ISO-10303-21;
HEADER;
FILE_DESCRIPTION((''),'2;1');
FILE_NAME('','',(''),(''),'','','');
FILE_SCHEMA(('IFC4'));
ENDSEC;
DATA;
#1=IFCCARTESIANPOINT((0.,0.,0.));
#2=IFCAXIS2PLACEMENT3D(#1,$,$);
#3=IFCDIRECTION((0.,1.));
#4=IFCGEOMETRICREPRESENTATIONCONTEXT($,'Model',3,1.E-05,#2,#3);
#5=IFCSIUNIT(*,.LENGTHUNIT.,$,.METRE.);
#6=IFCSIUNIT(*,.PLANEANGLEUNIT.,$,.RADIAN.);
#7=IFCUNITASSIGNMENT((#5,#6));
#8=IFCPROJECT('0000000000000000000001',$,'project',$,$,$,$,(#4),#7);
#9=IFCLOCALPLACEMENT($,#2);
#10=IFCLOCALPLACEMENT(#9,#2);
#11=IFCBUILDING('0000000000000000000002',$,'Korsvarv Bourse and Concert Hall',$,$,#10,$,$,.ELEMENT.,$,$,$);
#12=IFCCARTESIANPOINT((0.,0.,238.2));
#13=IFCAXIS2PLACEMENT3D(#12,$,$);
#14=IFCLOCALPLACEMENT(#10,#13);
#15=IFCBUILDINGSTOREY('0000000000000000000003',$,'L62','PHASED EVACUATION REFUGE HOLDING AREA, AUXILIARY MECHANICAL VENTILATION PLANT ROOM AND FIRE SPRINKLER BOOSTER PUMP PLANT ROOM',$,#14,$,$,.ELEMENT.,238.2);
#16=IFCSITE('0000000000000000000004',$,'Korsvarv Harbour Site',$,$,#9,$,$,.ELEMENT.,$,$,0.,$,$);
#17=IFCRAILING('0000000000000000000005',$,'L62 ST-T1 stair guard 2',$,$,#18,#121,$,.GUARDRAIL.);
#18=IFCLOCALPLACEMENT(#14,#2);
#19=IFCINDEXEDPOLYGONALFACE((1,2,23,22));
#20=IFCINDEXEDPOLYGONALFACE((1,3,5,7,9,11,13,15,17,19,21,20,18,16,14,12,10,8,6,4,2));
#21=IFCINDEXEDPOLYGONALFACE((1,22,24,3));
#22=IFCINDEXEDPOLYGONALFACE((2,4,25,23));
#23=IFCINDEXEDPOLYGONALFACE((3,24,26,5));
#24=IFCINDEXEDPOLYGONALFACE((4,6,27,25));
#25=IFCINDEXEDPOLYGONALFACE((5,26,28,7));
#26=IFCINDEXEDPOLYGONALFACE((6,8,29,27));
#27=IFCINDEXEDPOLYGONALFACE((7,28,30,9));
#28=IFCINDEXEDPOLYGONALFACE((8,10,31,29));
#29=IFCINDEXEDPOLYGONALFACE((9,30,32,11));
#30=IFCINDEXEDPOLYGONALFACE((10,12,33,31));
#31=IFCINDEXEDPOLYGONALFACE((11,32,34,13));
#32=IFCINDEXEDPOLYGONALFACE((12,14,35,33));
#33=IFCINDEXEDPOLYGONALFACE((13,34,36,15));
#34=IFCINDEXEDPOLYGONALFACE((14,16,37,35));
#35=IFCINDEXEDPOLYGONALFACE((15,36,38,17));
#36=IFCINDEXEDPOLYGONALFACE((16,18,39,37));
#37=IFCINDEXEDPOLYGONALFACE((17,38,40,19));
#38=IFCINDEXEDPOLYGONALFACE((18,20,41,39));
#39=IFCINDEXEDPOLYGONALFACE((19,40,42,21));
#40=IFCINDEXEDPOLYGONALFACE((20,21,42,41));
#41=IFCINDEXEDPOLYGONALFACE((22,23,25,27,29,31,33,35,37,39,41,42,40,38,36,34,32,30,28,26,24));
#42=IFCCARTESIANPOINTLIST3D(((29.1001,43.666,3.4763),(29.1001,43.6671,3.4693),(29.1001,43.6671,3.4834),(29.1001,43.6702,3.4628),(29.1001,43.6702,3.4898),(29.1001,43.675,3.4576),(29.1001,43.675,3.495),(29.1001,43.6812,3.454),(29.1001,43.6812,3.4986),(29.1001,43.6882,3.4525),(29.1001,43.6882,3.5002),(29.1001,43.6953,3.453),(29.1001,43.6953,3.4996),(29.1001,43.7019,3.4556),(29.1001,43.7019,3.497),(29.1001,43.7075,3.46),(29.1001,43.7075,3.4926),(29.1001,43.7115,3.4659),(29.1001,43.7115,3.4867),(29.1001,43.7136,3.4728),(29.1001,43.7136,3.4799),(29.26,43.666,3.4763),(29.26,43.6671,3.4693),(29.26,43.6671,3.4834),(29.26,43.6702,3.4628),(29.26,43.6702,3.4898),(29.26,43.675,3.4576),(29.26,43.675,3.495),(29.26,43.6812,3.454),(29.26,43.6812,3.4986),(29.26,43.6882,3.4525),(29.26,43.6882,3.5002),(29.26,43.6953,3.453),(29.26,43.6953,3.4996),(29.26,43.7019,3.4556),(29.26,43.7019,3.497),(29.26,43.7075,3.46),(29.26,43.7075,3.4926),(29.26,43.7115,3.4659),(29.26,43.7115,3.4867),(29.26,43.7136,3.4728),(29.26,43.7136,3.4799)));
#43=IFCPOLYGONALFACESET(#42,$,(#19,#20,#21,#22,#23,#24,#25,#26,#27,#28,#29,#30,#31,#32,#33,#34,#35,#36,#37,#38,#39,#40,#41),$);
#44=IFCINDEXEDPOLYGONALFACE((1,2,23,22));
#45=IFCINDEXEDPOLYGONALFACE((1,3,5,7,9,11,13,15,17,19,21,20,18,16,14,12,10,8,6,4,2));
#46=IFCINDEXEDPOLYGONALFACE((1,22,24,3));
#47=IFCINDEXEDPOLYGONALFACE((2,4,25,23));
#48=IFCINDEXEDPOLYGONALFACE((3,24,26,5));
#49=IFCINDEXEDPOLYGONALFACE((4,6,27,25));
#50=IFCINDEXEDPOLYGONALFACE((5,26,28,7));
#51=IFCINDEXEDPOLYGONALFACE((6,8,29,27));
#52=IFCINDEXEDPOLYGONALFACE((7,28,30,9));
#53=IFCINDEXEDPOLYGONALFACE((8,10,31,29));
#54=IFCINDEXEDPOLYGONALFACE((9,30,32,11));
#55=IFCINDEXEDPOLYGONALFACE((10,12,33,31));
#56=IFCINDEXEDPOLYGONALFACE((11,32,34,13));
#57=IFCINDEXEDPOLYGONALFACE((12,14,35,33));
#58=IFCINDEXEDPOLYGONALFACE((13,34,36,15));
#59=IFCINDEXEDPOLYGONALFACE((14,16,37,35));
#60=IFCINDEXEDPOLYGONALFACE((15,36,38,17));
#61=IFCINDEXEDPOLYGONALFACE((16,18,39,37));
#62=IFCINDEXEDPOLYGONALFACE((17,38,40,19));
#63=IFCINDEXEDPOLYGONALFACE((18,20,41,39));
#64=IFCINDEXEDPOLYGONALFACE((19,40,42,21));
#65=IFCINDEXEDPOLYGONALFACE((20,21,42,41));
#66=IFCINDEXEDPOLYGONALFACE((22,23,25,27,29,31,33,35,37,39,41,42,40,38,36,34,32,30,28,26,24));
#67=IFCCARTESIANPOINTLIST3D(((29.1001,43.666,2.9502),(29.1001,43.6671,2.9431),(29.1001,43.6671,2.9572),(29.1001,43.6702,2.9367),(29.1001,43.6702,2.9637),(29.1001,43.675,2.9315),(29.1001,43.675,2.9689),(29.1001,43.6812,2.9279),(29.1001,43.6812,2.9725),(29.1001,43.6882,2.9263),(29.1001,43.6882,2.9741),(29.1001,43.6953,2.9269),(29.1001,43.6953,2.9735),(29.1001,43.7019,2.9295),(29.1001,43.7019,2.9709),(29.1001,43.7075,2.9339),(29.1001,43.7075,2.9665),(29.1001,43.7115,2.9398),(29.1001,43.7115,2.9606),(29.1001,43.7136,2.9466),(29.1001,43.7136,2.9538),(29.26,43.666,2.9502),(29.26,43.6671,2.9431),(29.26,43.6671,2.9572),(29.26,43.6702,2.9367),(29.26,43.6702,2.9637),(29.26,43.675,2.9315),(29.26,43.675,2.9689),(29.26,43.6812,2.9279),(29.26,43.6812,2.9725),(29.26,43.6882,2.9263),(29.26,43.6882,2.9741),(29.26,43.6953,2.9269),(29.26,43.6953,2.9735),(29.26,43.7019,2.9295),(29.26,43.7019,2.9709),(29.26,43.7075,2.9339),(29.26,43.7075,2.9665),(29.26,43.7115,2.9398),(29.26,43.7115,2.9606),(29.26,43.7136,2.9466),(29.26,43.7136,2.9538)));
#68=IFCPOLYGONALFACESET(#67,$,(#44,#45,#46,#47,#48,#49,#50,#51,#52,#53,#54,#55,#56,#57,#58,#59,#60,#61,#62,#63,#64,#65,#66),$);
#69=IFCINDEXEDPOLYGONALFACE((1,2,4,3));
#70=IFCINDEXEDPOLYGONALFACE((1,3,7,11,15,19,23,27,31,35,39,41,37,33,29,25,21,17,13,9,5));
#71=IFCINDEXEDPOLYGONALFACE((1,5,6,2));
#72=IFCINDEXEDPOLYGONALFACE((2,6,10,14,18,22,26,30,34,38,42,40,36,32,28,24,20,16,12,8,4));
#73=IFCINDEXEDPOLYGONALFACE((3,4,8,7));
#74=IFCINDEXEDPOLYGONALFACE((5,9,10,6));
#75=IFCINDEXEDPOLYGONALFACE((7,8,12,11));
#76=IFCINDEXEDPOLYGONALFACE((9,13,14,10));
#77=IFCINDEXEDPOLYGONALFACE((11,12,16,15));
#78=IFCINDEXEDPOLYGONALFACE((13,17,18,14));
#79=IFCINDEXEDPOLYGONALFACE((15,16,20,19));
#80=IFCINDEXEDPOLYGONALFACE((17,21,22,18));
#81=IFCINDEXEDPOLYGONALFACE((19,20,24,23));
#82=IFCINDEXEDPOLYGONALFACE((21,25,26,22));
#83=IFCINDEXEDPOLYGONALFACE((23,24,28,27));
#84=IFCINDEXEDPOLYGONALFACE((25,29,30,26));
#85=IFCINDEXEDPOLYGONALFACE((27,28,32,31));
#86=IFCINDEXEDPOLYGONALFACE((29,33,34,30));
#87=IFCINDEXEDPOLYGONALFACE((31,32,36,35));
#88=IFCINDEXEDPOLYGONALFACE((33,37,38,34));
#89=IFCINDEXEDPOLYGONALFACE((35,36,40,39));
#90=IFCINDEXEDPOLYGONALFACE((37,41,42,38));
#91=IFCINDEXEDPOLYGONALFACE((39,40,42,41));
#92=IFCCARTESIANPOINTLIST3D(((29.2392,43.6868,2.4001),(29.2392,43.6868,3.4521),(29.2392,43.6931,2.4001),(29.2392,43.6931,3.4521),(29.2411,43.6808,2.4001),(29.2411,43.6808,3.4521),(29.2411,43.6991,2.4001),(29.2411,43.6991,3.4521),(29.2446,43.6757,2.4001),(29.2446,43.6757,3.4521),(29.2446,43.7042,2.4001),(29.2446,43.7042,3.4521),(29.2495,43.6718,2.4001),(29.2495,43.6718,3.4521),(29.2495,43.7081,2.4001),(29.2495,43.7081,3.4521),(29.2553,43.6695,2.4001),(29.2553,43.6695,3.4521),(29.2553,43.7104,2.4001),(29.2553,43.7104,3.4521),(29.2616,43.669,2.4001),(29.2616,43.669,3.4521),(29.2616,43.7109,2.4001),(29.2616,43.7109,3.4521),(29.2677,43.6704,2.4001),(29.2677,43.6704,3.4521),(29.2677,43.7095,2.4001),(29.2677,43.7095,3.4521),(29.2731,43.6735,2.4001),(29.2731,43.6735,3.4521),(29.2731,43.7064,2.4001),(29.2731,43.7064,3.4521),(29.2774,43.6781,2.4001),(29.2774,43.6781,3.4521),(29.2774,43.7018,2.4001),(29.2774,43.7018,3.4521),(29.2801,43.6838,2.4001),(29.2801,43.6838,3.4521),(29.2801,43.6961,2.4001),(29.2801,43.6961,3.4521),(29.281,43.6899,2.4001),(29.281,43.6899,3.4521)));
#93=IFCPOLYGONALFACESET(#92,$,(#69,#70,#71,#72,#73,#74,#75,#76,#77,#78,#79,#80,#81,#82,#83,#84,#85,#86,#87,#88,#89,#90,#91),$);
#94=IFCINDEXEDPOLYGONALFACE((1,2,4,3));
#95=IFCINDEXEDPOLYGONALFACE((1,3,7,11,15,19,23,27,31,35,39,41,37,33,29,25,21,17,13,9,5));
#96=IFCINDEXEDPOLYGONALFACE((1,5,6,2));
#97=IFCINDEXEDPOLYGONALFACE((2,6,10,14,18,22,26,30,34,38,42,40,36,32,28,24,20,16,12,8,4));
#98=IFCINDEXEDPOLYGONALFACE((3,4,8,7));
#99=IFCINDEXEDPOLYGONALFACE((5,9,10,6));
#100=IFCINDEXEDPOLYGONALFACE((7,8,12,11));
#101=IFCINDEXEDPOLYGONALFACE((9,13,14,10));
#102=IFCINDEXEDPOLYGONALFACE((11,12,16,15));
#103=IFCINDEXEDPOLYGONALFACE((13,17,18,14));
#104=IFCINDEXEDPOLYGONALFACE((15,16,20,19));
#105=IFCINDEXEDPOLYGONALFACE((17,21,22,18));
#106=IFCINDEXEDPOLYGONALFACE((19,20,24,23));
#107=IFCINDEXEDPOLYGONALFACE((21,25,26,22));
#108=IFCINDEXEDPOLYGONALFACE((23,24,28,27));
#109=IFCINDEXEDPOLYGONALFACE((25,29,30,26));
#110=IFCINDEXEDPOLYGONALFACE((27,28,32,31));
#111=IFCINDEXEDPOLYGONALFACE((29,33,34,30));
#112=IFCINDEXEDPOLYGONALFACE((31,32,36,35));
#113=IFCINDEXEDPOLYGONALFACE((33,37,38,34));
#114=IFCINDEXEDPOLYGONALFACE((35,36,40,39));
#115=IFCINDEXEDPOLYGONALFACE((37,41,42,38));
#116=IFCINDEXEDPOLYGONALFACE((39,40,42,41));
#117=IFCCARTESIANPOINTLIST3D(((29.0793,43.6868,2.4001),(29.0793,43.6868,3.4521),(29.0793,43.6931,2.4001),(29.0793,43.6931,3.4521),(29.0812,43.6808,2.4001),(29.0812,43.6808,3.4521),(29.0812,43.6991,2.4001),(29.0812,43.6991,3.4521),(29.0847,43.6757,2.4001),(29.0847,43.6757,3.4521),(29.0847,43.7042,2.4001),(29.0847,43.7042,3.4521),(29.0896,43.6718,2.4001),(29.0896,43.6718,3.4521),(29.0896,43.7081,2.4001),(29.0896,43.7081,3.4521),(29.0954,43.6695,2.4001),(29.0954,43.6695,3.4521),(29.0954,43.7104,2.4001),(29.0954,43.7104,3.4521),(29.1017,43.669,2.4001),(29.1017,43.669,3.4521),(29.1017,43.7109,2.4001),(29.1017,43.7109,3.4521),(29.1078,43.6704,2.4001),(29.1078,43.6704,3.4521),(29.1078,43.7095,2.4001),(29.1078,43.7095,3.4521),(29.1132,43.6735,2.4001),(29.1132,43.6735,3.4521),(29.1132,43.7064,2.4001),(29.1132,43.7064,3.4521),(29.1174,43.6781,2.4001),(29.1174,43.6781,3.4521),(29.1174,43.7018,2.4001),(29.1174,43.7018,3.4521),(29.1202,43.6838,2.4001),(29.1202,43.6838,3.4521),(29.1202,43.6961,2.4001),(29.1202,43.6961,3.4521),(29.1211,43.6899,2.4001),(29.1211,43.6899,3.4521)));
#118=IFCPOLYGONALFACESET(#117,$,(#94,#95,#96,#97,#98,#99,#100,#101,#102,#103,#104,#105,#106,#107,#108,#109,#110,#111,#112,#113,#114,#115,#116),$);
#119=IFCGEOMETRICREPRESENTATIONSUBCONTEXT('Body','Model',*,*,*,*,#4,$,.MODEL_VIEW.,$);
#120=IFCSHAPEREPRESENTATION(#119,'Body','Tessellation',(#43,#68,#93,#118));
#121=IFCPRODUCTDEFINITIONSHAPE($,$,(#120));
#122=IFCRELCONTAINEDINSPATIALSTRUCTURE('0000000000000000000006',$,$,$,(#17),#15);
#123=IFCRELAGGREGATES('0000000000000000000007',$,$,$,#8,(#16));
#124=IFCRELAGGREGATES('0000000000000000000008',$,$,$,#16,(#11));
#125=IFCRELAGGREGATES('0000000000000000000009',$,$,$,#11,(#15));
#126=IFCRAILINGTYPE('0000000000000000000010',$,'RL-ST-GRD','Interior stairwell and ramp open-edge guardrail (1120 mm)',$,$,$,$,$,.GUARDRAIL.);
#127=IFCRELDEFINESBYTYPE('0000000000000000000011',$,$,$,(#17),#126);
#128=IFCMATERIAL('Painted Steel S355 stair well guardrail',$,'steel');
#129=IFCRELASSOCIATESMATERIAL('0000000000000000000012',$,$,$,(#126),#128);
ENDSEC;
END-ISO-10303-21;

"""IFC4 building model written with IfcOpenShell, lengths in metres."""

from ifc_helpers import new_model, si_unit, direction, frame, origin, origin_2d, place, context, subcontext, project, spatial, circle, extrude, material, type_object, element, save


model = new_model("IFC4")

# Units and contexts
model_context = context("Model", 3, precision=1e-05, world=origin(), true_north=direction((0.0, 1.0)))
body_context = subcontext(model_context, "Body", "Model", "MODEL_VIEW")
ifc_project = project(units=[si_unit("LENGTHUNIT", "METRE"), si_unit("PLANEANGLEUNIT", "RADIAN")], contexts=[model_context])

# Site, building, storey
site_placement = place(None, origin())
site = spatial("IfcSite", under=ifc_project, at=site_placement, Name="Korsvarv Harbour Site", CompositionType="ELEMENT", RefElevation=0.0)
building_placement = place(site_placement, origin())
building = spatial("IfcBuilding", under=site, at=building_placement, Name="Korsvarv Bourse and Concert Hall", CompositionType="ELEMENT")
storey_placement = place(building_placement, frame((0.0, 0.0, 238.2)))
storey = spatial("IfcBuildingStorey", under=building, at=storey_placement, Name="L62", Description="PHASED EVACUATION REFUGE HOLDING AREA, AUXILIARY MECHANICAL VENTILATION PLANT ROOM AND FIRE SPRINKLER BOOSTER PUMP PLANT ROOM", CompositionType="ELEMENT", Elevation=238.2)

# Railing
ifc_material_1 = material(Name="Painted Steel S355 stair well guardrail", Category="steel")
railing_type_1 = type_object("IfcRailingType", Name="RL-ST-GRD", Description="Interior stairwell and ramp open-edge guardrail (1120 mm)", PredefinedType="GUARDRAIL", material=ifc_material_1)
railing_1_placement = place(storey_placement, frame((29.26, 43.6899, 2.4001)))
element("IfcRailing", 1, at=railing_1_placement, inside=storey, type_object=railing_type_1, Name="L62 ST-T1 stair guard 2", PredefinedType="GUARDRAIL", context=body_context, shape_type="SweptSolid", body=[
    extrude(circle(Radius=0.0239, at=origin_2d()), frame((0.0, 0.0, 1.0762), z_axis=(-1.0, 0.0, 0.0), x_axis=(0.0, -1.0, 0.0)), (0.0, 0.0, 1.0), 0.1599),
    extrude(circle(Radius=0.0239, at=origin_2d()), frame((0.0, 0.0, 0.55), z_axis=(-1.0, 0.0, 0.0), x_axis=(0.0, -1.0, 0.0)), (0.0, 0.0, 1.0), 0.1599),
    extrude(circle(Radius=0.021, at=origin_2d()), origin(), (0.0, 0.0, 1.0), 1.052),
    extrude(circle(Radius=0.021, at=origin_2d()), frame((-0.1599, 0.0, 0.0)), (0.0, 0.0, 1.0), 1.052),
])

save(model, "model.ifc")
